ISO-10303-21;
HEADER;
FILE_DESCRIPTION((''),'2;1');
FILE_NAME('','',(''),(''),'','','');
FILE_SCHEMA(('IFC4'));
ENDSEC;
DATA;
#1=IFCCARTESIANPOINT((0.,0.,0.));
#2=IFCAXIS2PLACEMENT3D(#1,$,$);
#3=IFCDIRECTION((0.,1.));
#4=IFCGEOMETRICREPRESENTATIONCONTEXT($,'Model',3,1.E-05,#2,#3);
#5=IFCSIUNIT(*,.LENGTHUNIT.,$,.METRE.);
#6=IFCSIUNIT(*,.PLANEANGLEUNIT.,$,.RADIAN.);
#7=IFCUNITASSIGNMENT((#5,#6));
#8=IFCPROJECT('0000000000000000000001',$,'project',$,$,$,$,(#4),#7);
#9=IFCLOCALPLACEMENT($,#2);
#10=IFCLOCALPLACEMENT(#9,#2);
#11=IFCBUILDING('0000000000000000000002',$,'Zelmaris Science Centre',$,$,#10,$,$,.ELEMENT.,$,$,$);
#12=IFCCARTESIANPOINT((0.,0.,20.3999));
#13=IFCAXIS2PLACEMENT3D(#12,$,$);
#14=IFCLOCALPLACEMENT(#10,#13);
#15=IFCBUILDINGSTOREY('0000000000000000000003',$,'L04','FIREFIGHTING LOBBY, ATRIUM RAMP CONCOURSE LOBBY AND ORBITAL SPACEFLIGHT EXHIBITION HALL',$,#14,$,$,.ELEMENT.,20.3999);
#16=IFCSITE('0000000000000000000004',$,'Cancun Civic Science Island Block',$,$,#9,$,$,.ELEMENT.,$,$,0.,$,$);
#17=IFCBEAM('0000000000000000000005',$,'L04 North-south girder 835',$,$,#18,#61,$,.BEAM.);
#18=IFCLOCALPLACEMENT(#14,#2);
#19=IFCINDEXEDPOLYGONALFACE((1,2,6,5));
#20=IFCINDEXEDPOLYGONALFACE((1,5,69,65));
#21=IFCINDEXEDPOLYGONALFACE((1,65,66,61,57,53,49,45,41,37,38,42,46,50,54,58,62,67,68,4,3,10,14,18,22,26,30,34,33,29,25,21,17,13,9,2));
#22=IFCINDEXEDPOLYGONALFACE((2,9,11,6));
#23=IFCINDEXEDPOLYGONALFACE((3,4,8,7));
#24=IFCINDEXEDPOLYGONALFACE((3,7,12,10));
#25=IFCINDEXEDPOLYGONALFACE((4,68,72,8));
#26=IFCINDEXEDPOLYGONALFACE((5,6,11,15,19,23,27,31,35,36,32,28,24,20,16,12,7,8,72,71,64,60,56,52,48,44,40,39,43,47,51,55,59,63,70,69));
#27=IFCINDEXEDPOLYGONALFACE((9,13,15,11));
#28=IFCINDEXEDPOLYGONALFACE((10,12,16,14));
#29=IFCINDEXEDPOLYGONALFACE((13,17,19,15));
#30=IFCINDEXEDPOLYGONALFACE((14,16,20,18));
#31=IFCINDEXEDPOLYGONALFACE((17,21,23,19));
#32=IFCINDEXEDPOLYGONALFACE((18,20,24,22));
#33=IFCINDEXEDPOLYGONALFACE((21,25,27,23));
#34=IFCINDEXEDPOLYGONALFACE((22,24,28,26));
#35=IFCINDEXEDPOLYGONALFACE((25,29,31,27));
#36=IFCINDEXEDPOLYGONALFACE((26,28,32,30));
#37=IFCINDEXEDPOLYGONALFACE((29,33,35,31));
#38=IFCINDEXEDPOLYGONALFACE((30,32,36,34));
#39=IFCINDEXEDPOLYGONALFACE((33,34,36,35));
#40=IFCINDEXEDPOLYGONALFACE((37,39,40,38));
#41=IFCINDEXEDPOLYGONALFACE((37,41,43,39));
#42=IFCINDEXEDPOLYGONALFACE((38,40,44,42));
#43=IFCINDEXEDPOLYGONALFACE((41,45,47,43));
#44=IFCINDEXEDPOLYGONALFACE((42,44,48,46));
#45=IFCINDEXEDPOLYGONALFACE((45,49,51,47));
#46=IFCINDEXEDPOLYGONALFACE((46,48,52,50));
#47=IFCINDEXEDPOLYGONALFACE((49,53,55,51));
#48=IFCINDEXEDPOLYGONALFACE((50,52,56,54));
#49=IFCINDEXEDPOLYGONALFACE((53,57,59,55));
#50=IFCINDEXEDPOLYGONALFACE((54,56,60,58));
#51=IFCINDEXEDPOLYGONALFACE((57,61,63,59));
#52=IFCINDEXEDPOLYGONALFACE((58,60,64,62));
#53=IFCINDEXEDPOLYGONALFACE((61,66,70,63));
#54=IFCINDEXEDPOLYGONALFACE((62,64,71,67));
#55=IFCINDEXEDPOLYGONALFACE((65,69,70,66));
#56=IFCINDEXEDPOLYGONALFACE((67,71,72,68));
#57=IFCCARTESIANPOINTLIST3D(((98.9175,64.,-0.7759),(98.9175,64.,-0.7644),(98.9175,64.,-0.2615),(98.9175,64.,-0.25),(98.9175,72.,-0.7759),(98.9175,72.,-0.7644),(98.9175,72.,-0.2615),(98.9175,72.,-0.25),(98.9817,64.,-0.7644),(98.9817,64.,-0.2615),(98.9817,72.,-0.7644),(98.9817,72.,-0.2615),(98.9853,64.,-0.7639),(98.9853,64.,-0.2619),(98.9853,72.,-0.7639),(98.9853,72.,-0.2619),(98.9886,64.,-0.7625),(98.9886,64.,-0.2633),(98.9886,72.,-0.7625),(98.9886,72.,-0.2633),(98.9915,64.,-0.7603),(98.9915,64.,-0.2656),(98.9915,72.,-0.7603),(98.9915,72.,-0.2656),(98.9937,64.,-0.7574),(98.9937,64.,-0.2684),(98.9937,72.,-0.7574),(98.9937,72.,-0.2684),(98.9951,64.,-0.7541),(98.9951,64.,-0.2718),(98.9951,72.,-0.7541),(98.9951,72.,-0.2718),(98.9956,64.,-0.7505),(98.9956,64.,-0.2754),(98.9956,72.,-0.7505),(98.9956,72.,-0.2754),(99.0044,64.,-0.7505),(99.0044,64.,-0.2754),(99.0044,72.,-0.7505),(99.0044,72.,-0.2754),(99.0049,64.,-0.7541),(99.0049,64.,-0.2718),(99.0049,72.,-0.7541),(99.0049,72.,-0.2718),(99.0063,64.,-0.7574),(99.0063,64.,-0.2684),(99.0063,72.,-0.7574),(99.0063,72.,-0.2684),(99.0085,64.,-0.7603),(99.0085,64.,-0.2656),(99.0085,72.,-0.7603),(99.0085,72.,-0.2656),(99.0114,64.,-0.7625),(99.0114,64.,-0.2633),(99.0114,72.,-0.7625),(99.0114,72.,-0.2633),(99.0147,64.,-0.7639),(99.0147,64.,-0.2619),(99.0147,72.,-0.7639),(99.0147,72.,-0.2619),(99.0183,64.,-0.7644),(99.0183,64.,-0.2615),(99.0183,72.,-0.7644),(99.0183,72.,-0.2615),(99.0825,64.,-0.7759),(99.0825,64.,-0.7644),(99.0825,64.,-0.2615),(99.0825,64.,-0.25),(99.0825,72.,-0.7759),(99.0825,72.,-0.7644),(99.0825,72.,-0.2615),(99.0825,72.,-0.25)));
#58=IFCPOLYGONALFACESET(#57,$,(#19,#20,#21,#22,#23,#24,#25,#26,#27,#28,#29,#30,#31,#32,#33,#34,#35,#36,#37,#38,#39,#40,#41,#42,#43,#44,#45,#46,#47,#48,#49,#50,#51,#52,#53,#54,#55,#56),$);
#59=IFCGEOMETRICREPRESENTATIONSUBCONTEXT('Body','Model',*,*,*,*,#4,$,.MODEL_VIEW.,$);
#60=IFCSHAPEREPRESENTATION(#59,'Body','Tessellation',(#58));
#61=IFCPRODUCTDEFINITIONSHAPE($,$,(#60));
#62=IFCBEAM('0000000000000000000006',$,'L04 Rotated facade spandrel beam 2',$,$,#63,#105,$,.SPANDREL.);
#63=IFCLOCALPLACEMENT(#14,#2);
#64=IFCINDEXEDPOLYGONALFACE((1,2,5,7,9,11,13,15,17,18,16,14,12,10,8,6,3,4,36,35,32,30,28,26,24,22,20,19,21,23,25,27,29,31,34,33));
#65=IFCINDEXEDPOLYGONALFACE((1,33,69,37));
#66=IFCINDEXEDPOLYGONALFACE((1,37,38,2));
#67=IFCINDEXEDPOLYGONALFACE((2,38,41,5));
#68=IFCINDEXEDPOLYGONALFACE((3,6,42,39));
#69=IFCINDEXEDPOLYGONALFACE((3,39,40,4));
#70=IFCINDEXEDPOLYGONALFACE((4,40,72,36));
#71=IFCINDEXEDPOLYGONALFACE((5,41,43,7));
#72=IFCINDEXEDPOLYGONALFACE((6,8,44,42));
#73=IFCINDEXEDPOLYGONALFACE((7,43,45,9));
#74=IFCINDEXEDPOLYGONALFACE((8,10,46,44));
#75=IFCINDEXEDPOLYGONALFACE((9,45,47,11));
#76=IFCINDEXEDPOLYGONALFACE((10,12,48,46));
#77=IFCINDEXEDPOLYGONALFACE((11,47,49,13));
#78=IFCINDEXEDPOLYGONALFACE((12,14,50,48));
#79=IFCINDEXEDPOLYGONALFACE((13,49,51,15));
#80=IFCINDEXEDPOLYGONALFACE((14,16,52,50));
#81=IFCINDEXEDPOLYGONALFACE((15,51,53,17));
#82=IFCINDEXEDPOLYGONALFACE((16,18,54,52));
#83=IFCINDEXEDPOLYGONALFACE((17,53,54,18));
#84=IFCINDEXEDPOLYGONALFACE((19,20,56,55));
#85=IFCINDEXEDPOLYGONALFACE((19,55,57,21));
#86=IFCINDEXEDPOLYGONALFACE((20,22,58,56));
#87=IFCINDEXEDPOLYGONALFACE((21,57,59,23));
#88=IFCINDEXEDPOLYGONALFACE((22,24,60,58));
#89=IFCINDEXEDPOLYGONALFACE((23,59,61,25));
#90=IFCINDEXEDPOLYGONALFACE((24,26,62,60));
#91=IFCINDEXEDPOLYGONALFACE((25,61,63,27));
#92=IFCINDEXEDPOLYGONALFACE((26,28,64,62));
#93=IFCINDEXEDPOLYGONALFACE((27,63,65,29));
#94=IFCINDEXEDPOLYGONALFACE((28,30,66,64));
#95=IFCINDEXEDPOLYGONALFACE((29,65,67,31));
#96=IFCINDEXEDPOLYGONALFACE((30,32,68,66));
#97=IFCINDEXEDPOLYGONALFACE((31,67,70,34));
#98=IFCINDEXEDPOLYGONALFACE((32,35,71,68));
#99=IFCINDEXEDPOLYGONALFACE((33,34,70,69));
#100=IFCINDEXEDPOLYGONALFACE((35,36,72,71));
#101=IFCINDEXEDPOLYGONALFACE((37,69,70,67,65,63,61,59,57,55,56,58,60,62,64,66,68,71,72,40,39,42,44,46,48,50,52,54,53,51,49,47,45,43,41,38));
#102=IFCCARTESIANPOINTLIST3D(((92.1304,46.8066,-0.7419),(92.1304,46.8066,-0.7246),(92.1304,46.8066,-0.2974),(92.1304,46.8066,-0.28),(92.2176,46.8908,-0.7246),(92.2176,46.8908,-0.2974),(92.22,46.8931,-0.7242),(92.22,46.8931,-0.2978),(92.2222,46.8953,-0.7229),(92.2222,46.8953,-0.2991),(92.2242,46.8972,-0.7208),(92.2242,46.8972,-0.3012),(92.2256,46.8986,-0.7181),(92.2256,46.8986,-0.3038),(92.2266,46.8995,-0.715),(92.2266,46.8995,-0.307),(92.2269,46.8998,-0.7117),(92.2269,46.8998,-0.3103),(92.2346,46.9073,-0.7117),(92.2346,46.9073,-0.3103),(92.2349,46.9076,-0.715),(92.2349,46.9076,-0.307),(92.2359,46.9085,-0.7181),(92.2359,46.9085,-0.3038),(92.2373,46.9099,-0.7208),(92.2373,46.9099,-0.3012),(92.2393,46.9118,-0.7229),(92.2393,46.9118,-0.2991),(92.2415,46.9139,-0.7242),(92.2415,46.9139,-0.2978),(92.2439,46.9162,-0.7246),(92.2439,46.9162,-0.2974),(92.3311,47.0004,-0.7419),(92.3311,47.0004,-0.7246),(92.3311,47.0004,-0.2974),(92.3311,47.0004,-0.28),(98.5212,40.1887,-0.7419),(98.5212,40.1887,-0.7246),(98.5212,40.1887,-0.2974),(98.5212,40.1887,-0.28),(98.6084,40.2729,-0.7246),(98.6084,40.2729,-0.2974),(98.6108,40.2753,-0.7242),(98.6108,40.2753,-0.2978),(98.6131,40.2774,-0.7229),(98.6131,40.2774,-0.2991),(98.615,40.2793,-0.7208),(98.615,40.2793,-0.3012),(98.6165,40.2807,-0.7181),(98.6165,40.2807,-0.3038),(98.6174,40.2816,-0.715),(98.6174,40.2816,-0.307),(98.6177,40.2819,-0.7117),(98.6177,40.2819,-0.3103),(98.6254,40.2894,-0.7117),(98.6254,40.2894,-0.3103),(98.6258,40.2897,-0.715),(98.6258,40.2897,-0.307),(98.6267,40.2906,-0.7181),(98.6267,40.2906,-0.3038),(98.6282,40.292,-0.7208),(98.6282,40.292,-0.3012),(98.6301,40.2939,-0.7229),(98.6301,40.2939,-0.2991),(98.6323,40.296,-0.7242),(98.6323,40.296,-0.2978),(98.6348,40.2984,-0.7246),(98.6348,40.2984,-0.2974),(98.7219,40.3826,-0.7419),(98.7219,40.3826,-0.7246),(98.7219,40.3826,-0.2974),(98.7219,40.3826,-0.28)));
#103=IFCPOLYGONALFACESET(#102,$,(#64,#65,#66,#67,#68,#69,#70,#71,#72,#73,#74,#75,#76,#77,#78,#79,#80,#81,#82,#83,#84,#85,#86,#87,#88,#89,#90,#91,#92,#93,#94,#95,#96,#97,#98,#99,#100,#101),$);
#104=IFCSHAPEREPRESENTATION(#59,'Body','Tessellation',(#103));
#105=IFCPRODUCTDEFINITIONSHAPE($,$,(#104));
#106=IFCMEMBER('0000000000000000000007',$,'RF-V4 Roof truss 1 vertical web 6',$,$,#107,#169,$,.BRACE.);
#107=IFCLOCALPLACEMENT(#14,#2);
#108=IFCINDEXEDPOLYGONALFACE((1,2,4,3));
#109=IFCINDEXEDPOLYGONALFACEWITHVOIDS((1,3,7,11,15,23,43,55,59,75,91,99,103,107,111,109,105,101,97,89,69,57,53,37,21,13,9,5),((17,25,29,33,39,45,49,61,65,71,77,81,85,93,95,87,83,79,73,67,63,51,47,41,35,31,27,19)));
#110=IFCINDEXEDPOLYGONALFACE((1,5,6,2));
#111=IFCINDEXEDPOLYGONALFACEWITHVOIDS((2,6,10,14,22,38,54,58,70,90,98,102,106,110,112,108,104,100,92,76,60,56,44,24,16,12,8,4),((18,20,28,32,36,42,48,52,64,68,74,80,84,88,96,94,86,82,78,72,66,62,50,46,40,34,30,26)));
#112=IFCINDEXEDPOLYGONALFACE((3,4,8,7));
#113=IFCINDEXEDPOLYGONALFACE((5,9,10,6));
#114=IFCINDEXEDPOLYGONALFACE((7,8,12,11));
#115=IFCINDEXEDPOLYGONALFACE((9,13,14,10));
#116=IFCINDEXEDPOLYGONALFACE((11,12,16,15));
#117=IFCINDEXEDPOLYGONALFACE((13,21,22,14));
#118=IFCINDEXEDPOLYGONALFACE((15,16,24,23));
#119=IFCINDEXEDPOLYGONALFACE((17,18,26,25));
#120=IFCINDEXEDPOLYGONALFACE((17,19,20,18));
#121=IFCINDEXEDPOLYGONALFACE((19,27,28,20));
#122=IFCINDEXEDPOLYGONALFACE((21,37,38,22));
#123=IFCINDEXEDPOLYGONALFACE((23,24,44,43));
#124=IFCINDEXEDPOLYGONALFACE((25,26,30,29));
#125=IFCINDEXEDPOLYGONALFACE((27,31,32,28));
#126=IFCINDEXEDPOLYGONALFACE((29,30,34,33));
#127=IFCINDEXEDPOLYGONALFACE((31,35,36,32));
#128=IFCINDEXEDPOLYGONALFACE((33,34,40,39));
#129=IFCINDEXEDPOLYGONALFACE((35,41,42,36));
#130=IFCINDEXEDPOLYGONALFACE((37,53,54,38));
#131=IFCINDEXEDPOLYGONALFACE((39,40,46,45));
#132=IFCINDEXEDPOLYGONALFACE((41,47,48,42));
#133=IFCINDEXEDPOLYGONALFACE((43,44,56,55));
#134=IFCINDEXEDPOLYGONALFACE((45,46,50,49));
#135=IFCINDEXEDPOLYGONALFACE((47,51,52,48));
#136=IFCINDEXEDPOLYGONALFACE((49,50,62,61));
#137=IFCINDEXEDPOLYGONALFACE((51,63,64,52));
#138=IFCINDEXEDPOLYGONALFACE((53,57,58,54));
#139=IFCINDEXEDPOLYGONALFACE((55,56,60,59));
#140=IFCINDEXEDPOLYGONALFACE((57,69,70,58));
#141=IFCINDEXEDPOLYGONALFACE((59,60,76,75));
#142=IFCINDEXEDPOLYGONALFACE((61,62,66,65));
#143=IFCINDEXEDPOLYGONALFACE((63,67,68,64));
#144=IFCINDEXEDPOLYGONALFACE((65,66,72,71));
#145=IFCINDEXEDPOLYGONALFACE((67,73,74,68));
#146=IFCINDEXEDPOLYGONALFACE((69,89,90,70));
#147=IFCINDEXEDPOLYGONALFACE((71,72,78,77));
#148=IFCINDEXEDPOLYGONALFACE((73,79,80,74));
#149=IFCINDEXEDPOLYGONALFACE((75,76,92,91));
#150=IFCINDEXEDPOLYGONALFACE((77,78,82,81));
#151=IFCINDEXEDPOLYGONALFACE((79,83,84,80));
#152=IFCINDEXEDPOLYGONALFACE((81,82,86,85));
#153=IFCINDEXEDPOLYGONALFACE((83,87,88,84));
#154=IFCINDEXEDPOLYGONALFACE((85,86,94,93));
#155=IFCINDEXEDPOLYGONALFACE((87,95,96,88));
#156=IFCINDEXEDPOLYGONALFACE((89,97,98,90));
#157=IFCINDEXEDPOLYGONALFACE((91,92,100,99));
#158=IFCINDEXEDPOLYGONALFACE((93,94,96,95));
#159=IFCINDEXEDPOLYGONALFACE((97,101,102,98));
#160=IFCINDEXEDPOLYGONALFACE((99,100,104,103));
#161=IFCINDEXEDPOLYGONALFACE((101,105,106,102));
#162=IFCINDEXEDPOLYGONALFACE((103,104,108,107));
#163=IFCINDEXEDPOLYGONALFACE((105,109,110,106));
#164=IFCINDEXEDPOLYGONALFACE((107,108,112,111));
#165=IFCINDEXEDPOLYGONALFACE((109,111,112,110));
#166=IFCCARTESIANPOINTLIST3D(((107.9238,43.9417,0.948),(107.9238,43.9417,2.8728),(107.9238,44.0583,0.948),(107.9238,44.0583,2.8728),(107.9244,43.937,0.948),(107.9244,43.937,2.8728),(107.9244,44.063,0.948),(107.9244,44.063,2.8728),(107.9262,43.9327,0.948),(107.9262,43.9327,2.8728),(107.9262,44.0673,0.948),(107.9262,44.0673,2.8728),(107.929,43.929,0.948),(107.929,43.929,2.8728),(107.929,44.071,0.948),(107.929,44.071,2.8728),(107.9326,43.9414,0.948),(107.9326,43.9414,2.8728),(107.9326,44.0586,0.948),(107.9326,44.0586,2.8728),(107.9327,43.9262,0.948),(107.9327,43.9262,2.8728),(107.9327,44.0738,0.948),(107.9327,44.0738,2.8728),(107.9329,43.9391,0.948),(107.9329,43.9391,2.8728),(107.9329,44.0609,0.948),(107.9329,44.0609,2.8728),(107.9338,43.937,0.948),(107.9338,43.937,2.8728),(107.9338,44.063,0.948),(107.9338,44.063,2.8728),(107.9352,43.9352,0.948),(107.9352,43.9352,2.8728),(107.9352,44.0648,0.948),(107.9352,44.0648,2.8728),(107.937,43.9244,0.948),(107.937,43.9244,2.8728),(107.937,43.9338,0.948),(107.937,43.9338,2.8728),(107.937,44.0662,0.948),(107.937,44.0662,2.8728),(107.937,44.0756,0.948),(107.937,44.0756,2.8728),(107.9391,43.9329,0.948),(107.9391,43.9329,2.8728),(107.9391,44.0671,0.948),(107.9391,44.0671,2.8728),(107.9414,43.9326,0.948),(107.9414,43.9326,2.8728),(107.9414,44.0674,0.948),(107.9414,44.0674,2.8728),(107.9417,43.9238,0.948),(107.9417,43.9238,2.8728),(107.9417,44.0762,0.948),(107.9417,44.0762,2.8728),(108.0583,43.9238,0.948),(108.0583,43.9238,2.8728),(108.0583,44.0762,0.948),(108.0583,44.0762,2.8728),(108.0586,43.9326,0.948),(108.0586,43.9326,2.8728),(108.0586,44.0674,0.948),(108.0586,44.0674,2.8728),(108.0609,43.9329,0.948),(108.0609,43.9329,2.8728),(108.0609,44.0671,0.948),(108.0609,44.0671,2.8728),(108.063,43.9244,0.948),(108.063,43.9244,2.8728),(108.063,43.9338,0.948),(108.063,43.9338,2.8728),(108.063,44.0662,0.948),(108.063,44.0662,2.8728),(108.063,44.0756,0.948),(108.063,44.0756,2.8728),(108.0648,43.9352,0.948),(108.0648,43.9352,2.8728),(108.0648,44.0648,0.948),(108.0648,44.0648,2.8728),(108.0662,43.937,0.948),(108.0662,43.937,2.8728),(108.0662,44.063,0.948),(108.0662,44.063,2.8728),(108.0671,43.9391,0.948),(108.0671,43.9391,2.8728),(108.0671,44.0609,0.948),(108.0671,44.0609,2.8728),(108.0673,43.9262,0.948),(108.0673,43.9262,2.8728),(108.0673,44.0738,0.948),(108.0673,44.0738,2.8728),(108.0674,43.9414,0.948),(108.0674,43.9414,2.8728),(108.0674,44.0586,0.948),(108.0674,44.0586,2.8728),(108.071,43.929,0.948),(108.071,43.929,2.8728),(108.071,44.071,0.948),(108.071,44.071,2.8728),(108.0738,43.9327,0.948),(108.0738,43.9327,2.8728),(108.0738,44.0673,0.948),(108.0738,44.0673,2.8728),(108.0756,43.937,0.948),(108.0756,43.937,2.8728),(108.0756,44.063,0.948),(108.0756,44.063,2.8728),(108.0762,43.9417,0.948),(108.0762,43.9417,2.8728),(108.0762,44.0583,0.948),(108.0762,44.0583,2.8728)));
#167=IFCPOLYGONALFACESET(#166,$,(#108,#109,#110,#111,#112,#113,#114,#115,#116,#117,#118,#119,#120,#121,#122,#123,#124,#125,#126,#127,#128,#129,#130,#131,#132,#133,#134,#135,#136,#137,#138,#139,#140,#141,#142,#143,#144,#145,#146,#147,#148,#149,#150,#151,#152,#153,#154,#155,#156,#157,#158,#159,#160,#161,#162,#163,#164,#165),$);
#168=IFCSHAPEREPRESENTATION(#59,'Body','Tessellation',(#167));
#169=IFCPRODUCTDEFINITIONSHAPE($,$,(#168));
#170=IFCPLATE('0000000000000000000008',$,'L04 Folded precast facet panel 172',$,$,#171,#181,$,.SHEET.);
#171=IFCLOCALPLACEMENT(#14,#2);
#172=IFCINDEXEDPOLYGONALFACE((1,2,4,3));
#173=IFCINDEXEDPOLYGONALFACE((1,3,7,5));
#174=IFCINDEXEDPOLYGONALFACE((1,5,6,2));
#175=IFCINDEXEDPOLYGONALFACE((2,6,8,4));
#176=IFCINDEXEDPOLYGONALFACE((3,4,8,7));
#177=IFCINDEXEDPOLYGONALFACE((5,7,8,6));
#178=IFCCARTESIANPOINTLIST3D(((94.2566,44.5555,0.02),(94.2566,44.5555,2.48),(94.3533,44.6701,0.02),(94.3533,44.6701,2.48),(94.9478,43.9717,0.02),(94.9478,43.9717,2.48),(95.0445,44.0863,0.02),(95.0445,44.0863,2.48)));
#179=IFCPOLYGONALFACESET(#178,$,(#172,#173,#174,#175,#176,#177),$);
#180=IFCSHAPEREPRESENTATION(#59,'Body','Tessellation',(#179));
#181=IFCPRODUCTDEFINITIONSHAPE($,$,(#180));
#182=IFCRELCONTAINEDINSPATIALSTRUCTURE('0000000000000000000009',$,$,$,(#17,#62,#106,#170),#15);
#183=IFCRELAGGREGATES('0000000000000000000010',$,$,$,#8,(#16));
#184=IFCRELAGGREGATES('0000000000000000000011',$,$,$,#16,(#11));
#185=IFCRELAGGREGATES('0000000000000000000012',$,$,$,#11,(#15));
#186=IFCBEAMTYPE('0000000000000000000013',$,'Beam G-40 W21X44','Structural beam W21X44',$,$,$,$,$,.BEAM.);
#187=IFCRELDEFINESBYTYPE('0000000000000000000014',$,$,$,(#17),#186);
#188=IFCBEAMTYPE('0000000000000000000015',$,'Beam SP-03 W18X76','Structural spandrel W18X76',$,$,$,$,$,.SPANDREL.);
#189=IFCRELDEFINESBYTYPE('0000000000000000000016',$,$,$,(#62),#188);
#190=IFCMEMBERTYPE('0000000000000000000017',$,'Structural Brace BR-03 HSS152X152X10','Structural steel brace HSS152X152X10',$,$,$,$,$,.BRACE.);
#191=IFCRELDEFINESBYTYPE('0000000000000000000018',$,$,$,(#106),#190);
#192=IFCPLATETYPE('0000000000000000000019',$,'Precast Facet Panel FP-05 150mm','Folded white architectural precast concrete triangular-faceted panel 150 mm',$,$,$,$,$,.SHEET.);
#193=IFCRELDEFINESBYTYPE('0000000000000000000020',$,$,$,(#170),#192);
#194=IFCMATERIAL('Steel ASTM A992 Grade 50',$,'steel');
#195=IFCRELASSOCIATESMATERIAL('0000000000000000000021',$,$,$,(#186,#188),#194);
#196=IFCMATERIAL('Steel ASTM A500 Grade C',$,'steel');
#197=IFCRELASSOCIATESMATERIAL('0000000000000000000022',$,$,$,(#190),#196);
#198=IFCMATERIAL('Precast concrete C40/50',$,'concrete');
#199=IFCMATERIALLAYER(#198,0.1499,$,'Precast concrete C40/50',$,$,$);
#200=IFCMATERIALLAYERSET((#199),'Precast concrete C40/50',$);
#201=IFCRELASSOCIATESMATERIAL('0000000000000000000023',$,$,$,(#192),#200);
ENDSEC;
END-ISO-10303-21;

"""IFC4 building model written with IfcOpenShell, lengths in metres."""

from ifc_helpers import new_model, si_unit, direction, frame, frame_2d, origin, origin_2d, place, context, subcontext, project, spatial, rectangle, hollow_rectangle, i_section, extrude, material, layer, layer_set, material_profile, profile_set, type_object, element, save


model = new_model("IFC4")

# Units and contexts
model_context = context("Model", 3, precision=1e-05, world=origin(), true_north=direction((0.0, 1.0)))
body_context = subcontext(model_context, "Body", "Model", "MODEL_VIEW")
ifc_project = project(units=[si_unit("LENGTHUNIT", "METRE"), si_unit("PLANEANGLEUNIT", "RADIAN")], contexts=[model_context])

# Site, building, storey
site_placement = place(None, origin())
site = spatial("IfcSite", under=ifc_project, at=site_placement, Name="Cancun Civic Science Island Block", CompositionType="ELEMENT", RefElevation=0.0)
building_placement = place(site_placement, origin())
building = spatial("IfcBuilding", under=site, at=building_placement, Name="Zelmaris Science Centre", CompositionType="ELEMENT")
storey_placement = place(building_placement, frame((0.0, 0.0, 20.3999)))
storey = spatial("IfcBuildingStorey", under=building, at=storey_placement, Name="L04", Description="FIREFIGHTING LOBBY, ATRIUM RAMP CONCOURSE LOBBY AND ORBITAL SPACEFLIGHT EXHIBITION HALL", CompositionType="ELEMENT", Elevation=20.3999)

# Shared definitions
ifc_material_1 = material(Name="Steel ASTM A992 Grade 50", Category="steel")

# Beams
ifc_material_profile_1 = material_profile(ifc_material_1, i_section(OverallWidth=0.165, OverallDepth=0.5259, WebThickness=0.0088, FlangeThickness=0.0115, FilletRadius=0.0139, at=origin_2d()), Name="W21X44")
ifc_profile_set_1 = profile_set([ifc_material_profile_1], Name="Steel ASTM A992 Grade 50")
beam_type_1 = type_object("IfcBeamType", Name="Beam G-40 W21X44", Description="Structural beam W21X44", PredefinedType="BEAM", material=ifc_profile_set_1)
beam_1_placement = place(storey_placement, frame((99.0, 64.0, -0.5129), z_axis=(0.0, 1.0, 0.0), x_axis=(-1.0, 0.0, 0.0)))
element("IfcBeam", 1, at=beam_1_placement, inside=storey, type_object=beam_type_1, Name="L04 North-south girder 835", PredefinedType="BEAM", context=body_context, shape_type="SweptSolid", body=[
    extrude(i_section(OverallWidth=0.165, OverallDepth=0.5259, WebThickness=0.0088, FlangeThickness=0.0115, FilletRadius=0.0139, at=origin_2d()), origin(), (0.0, 0.0, 1.0), 8.0),
])
ifc_material_profile_2 = material_profile(ifc_material_1, i_section(OverallWidth=0.2791, OverallDepth=0.4619, WebThickness=0.0107, FlangeThickness=0.0173, FilletRadius=0.0129, at=origin_2d()), Name="W18X76")
ifc_profile_set_2 = profile_set([ifc_material_profile_2], Name="Steel ASTM A992 Grade 50")
beam_type_2 = type_object("IfcBeamType", Name="Beam SP-03 W18X76", Description="Structural spandrel W18X76", PredefinedType="SPANDREL", material=ifc_profile_set_2)
beam_2_placement = place(storey_placement, frame((98.6216, 40.2856, -0.511), z_axis=(-0.694659, 0.719339, 0.0), x_axis=(-0.719339, -0.694659, 0.0)))
element("IfcBeam", 2, at=beam_2_placement, inside=storey, type_object=beam_type_2, Name="L04 Rotated facade spandrel beam 2", PredefinedType="SPANDREL", context=body_context, shape_type="SweptSolid", body=[
    extrude(i_section(OverallWidth=0.2791, OverallDepth=0.4619, WebThickness=0.0107, FlangeThickness=0.0173, FilletRadius=0.0129, at=origin_2d()), origin(), (0.0, 0.0, 1.0), 9.2),
])

# Member
ifc_material_2 = material(Name="Steel ASTM A500 Grade C", Category="steel")
ifc_material_profile_3 = material_profile(ifc_material_2, hollow_rectangle(XDim=0.1523, YDim=0.1523, WallThickness=0.0088, InnerFilletRadius=0.0088, OuterFilletRadius=0.0178, at=origin_2d()), Name="HSS152X152X10")
ifc_profile_set_3 = profile_set([ifc_material_profile_3], Name="Steel ASTM A500 Grade C")
member_type = type_object("IfcMemberType", Name="Structural Brace BR-03 HSS152X152X10", Description="Structural steel brace HSS152X152X10", PredefinedType="BRACE", material=ifc_profile_set_3)
member_placement = place(storey_placement, frame((108.0, 44.0, 0.948), z_axis=(0.0, 0.0, 1.0), x_axis=(1.0, 0.0, 0.0)))
element("IfcMember", 3, at=member_placement, inside=storey, type_object=member_type, Name="RF-V4 Roof truss 1 vertical web 6", PredefinedType="BRACE", context=body_context, shape_type="SweptSolid", body=[
    extrude(hollow_rectangle(XDim=0.1523, YDim=0.1523, WallThickness=0.0088, InnerFilletRadius=0.0088, OuterFilletRadius=0.0178, at=origin_2d()), origin(), (0.0, 0.0, 1.0), 1.9248),
])

# Plate
ifc_material_3 = material(Name="Precast concrete C40/50", Category="concrete")
ifc_layer_1 = layer(ifc_material_3, 0.1499, Name="Precast concrete C40/50")
ifc_layer_set_1 = layer_set([ifc_layer_1], Name="Precast concrete C40/50")
plate_type_1 = type_object("IfcPlateType", Name="Precast Facet Panel FP-05 150mm", Description="Folded white architectural precast concrete triangular-faceted panel 150 mm", PredefinedType="SHEET", material=ifc_layer_set_1)
plate_1_placement = place(storey_placement, frame((94.3049, 44.6128, 0.02), z_axis=(0.0, 0.0, 1.0), x_axis=(0.76398, -0.64524, 0.0)))
element("IfcPlate", 4, at=plate_1_placement, inside=storey, type_object=plate_type_1, Name="L04 Folded precast facet panel 172", PredefinedType="SHEET", context=body_context, shape_type="SweptSolid", body=[
    extrude(rectangle(XDim=0.9048, YDim=0.1499, at=frame_2d((0.4524, 0.0))), origin(), (0.0, 0.0, 1.0), 2.46),
])

save(model, "model.ifc")
